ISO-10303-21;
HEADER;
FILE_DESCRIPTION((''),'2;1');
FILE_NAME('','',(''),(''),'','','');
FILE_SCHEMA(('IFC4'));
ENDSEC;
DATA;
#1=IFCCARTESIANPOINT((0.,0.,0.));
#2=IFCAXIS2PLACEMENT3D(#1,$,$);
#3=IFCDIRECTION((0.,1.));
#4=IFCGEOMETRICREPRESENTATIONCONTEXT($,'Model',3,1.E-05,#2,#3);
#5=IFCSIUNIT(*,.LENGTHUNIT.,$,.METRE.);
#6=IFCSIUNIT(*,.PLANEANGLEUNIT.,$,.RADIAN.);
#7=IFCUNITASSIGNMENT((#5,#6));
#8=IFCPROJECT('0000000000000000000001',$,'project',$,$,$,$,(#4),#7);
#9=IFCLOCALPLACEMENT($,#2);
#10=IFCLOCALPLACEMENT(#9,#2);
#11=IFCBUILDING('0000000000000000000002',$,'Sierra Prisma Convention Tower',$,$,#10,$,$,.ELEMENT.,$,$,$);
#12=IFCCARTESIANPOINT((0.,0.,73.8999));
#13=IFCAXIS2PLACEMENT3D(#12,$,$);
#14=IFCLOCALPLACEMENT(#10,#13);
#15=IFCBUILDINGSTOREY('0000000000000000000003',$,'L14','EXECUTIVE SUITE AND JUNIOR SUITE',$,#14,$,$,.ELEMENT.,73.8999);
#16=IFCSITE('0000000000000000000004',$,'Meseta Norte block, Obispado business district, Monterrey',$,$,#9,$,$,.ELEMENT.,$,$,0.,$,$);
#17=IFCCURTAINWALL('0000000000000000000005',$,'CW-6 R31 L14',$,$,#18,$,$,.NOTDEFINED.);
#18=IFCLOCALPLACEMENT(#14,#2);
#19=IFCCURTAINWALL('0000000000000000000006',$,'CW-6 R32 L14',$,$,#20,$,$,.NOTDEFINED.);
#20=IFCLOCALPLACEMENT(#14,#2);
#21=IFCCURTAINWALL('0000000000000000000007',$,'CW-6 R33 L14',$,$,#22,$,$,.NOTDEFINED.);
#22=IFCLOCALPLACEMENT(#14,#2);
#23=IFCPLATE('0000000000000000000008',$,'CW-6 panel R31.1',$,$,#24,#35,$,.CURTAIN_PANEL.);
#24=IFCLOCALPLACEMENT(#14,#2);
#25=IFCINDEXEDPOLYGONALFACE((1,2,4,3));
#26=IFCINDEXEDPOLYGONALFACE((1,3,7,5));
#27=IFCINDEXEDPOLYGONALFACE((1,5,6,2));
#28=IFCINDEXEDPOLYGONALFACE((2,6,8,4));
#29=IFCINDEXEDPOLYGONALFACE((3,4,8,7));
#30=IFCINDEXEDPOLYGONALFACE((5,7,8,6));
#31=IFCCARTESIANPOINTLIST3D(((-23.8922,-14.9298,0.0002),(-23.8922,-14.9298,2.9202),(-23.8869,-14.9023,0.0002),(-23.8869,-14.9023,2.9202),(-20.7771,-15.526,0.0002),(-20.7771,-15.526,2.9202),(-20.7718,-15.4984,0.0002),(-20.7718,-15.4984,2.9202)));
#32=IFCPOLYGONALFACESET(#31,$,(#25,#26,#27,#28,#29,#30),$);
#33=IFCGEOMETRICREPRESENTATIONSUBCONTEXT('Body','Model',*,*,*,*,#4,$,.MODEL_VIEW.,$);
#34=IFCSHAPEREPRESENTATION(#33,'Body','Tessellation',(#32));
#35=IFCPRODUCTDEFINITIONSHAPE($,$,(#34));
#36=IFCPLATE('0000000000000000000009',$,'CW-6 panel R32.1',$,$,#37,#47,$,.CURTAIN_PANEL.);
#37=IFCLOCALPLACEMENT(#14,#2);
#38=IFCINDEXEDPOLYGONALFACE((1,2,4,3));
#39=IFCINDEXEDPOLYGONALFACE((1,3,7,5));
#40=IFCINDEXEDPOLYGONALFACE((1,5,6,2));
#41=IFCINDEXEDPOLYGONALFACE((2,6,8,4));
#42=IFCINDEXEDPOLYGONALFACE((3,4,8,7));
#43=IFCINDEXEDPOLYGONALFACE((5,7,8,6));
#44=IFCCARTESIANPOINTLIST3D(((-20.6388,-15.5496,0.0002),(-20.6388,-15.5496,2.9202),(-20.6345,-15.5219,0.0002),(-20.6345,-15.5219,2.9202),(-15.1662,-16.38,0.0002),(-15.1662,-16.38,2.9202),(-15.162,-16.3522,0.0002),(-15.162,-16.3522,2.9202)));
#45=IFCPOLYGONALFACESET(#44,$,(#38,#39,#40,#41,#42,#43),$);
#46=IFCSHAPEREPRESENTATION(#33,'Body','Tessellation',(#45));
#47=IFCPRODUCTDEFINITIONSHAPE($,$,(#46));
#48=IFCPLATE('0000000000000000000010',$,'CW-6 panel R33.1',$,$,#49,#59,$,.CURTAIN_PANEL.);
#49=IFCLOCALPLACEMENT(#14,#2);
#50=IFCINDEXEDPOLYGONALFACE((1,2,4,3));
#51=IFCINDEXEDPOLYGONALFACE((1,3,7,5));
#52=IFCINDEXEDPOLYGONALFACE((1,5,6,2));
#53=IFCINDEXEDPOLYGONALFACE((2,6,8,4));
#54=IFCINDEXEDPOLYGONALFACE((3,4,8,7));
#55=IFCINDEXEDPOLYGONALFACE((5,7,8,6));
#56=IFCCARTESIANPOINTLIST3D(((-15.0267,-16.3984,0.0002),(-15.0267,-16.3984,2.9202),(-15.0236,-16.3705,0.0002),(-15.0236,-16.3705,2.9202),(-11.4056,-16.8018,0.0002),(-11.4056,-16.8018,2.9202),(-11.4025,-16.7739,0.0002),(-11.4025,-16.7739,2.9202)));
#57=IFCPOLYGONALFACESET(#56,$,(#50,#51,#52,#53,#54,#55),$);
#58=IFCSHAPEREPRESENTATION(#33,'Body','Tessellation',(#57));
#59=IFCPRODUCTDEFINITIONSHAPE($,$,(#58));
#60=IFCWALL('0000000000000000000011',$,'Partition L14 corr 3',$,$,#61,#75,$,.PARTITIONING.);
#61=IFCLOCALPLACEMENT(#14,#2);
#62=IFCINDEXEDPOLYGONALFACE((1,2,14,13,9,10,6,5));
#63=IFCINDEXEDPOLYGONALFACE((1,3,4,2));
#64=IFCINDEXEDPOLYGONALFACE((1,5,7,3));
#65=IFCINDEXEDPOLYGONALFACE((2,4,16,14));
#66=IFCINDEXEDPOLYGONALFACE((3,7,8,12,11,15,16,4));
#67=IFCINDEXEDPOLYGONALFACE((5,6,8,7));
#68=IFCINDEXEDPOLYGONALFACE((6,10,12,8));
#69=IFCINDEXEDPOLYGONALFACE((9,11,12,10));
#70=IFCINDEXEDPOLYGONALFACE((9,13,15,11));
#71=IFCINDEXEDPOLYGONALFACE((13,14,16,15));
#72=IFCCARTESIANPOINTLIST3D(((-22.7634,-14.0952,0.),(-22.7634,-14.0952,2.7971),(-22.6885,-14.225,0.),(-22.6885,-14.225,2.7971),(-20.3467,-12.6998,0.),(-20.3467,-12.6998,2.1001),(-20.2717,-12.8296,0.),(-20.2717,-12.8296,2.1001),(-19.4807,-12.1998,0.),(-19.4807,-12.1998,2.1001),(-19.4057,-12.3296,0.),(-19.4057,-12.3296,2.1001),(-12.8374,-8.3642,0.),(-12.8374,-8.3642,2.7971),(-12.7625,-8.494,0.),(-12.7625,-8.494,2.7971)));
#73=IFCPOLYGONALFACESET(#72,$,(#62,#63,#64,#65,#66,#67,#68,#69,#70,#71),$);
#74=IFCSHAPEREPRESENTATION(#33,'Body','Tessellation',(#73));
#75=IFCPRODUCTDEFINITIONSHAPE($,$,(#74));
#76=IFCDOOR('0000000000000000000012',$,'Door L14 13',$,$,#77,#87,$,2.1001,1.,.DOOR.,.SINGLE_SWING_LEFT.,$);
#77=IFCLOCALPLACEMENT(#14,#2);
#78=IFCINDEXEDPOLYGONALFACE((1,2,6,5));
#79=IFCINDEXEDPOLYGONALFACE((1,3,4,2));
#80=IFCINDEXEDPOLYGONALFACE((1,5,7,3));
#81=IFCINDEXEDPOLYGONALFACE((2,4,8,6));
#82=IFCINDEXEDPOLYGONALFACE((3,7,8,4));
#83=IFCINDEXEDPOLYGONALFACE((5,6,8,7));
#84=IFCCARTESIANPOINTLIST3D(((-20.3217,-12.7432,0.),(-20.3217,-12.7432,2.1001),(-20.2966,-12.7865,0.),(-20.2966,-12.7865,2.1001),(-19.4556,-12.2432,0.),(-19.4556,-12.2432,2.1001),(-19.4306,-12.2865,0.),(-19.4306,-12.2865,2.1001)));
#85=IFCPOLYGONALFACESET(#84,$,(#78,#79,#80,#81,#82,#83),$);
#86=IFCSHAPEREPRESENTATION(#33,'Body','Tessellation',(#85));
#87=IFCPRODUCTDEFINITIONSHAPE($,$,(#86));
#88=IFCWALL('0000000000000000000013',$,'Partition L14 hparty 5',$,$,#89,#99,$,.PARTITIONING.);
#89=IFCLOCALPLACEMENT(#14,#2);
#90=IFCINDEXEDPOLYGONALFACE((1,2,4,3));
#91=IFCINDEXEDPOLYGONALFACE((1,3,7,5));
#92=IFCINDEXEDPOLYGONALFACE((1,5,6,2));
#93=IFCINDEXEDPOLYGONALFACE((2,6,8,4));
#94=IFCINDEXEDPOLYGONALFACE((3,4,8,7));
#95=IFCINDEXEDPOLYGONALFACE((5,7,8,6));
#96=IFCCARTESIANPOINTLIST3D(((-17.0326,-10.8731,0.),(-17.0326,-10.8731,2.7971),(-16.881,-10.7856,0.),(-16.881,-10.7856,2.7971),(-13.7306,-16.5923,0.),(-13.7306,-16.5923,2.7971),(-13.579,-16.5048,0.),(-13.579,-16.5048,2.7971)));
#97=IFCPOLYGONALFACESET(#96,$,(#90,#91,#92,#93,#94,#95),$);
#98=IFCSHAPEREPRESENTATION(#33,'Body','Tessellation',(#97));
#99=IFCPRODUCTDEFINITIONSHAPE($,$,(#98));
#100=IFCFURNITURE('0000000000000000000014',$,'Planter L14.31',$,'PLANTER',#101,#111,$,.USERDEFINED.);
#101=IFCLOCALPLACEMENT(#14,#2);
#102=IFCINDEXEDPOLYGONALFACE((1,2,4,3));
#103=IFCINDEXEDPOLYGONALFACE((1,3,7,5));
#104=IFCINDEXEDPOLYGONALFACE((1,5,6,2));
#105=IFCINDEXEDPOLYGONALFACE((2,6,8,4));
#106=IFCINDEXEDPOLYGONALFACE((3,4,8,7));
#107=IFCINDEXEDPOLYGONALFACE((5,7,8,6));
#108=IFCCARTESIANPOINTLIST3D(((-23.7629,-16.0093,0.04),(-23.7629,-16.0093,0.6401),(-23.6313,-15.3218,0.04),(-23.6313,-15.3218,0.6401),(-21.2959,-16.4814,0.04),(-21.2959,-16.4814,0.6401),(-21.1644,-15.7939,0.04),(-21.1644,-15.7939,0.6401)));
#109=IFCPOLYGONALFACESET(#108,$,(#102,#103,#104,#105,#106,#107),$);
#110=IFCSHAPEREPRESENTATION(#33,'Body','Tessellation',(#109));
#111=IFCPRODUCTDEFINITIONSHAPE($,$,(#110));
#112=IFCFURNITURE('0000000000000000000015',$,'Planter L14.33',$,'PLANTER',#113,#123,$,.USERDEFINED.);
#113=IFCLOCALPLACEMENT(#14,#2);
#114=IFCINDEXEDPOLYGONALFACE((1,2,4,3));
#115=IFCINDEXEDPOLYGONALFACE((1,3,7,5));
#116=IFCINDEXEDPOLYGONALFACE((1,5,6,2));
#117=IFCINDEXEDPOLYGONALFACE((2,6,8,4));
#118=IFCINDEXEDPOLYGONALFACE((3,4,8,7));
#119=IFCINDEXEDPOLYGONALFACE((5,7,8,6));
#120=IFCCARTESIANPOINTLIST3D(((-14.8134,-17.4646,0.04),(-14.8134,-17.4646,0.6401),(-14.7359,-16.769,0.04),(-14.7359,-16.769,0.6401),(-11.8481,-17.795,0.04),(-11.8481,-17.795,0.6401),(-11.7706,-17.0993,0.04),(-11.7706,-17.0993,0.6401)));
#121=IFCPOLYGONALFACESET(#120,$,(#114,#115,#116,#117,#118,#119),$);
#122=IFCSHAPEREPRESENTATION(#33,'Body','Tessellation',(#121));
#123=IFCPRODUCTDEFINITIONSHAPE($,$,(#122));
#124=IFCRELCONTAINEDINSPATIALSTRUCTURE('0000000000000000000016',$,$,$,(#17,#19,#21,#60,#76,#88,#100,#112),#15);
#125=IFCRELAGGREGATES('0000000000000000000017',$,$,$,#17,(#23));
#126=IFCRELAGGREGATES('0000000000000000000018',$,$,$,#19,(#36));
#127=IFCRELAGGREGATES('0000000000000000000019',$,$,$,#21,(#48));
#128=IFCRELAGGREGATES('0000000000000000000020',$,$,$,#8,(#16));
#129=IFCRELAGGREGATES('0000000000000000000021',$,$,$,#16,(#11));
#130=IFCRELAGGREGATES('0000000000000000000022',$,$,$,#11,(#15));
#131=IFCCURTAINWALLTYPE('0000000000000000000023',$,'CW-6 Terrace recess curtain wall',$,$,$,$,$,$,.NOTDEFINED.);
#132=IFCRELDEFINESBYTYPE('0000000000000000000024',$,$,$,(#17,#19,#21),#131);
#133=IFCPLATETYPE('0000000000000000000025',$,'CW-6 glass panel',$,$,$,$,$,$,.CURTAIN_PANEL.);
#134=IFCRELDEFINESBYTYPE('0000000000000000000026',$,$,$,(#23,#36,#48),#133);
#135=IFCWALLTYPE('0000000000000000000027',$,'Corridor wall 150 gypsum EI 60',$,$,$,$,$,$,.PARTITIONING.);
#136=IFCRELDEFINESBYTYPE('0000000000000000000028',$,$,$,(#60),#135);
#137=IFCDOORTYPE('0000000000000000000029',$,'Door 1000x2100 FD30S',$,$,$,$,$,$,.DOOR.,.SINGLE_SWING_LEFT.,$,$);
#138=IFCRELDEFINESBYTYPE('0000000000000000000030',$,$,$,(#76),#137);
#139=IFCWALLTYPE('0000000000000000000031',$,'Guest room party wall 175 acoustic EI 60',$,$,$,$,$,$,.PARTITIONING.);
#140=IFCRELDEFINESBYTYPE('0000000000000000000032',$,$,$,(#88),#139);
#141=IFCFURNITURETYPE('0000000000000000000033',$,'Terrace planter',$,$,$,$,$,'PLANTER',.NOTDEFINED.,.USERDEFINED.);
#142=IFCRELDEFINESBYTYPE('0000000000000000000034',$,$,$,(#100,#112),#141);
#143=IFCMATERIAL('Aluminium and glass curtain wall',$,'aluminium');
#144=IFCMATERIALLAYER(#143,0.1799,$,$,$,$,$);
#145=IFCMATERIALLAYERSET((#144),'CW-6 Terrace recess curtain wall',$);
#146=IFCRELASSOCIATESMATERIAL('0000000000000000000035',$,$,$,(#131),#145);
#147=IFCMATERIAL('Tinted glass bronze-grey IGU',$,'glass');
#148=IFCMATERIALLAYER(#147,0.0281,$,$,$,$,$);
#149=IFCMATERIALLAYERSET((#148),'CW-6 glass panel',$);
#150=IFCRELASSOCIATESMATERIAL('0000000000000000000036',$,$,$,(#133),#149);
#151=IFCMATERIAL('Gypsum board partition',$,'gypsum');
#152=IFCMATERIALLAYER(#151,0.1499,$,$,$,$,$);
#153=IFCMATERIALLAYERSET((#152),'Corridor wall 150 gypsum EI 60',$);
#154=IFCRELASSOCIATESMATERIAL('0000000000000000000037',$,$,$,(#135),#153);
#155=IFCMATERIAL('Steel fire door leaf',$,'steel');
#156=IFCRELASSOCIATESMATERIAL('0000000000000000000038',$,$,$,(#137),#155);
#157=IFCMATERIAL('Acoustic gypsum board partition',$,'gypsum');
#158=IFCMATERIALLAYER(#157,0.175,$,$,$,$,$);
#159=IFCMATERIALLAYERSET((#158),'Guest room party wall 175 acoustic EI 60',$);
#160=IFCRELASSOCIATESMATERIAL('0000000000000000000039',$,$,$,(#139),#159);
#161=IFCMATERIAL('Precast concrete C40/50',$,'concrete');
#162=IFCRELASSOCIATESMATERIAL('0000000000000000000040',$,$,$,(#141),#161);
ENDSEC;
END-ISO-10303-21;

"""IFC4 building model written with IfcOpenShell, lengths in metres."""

from ifc_helpers import new_model, si_unit, direction, frame, frame_2d, origin, origin_2d, place, context, subcontext, project, spatial, rectangle, extrude, material, layer, layer_set, type_object, element, fill, aggregate, save


model = new_model("IFC4")

# Units and contexts
model_context = context("Model", 3, precision=1e-05, world=origin(), true_north=direction((0.0, 1.0)))
body_context = subcontext(model_context, "Body", "Model", "MODEL_VIEW")
ifc_project = project(units=[si_unit("LENGTHUNIT", "METRE"), si_unit("PLANEANGLEUNIT", "RADIAN")], contexts=[model_context])

# Site, building, storey
site_placement = place(None, origin())
site = spatial("IfcSite", under=ifc_project, at=site_placement, Name="Meseta Norte block, Obispado business district, Monterrey", CompositionType="ELEMENT", RefElevation=0.0)
building_placement = place(site_placement, origin())
building = spatial("IfcBuilding", under=site, at=building_placement, Name="Sierra Prisma Convention Tower", CompositionType="ELEMENT")
storey_placement = place(building_placement, frame((0.0, 0.0, 73.8999)))
storey = spatial("IfcBuildingStorey", under=building, at=storey_placement, Name="L14", Description="EXECUTIVE SUITE AND JUNIOR SUITE", CompositionType="ELEMENT", Elevation=73.8999)

# Curtain walls
ifc_material_1 = material(Name="Aluminium and glass curtain wall", Category="aluminium")
ifc_layer_1 = layer(ifc_material_1, 0.1799)
ifc_layer_set_1 = layer_set([ifc_layer_1], Name="CW-6 Terrace recess curtain wall")
curtain_wall_type = type_object("IfcCurtainWallType", Name="CW-6 Terrace recess curtain wall", PredefinedType="NOTDEFINED", material=ifc_layer_set_1)
curtain_wall_1_placement = place(storey_placement, origin())
curtain_wall_1 = element("IfcCurtainWall", 1, at=curtain_wall_1_placement, inside=storey, type_object=curtain_wall_type, Name="CW-6 R31 L14", PredefinedType="NOTDEFINED")
curtain_wall_2_placement = place(storey_placement, origin())
curtain_wall_2 = element("IfcCurtainWall", 2, at=curtain_wall_2_placement, inside=storey, type_object=curtain_wall_type, Name="CW-6 R32 L14", PredefinedType="NOTDEFINED")
curtain_wall_3_placement = place(storey_placement, origin())
curtain_wall_3 = element("IfcCurtainWall", 3, at=curtain_wall_3_placement, inside=storey, type_object=curtain_wall_type, Name="CW-6 R33 L14", PredefinedType="NOTDEFINED")

# Plates
ifc_material_2 = material(Name="Tinted glass bronze-grey IGU", Category="glass")
ifc_layer_2 = layer(ifc_material_2, 0.0281)
ifc_layer_set_2 = layer_set([ifc_layer_2], Name="CW-6 glass panel")
plate_type = type_object("IfcPlateType", Name="CW-6 glass panel", PredefinedType="CURTAIN_PANEL", material=ifc_layer_set_2)
plate_1_placement = place(storey_placement, frame((-22.332, -15.2141, 0.0002), z_axis=(0.0, 0.0, 1.0), x_axis=(0.982179, -0.187949, 0.0)))
plate_1 = element("IfcPlate", 4, at=plate_1_placement, type_object=plate_type, Name="CW-6 panel R31.1", PredefinedType="CURTAIN_PANEL", context=body_context, shape_type="SweptSolid", body=[
    extrude(rectangle(XDim=3.1716, YDim=0.0281, at=origin_2d()), origin(), (0.0, 0.0, 1.0), 2.9199),
])
aggregate(curtain_wall_1, [plate_1])
plate_2_placement = place(storey_placement, frame((-17.9004, -15.9509, 0.0002), z_axis=(0.0, 0.0, 1.0), x_axis=(0.988685, -0.150009, 0.0)))
plate_2 = element("IfcPlate", 5, at=plate_2_placement, type_object=plate_type, Name="CW-6 panel R32.1", PredefinedType="CURTAIN_PANEL", context=body_context, shape_type="SweptSolid", body=[
    extrude(rectangle(XDim=5.5352, YDim=0.0281, at=origin_2d()), origin(), (0.0, 0.0, 1.0), 2.9199),
])
aggregate(curtain_wall_2, [plate_2])
plate_3_placement = place(storey_placement, frame((-13.2146, -16.5862, 0.0002), z_axis=(0.0, 0.0, 1.0), x_axis=(0.993851, -0.110725, 0.0)))
plate_3 = element("IfcPlate", 6, at=plate_3_placement, type_object=plate_type, Name="CW-6 panel R33.1", PredefinedType="CURTAIN_PANEL", context=body_context, shape_type="SweptSolid", body=[
    extrude(rectangle(XDim=3.6436, YDim=0.0281, at=origin_2d()), origin(), (0.0, 0.0, 1.0), 2.9199),
])
aggregate(curtain_wall_3, [plate_3])

# Wall, opening, door
ifc_material_3 = material(Name="Gypsum board partition", Category="gypsum")
ifc_layer_3 = layer(ifc_material_3, 0.1499)
ifc_layer_set_3 = layer_set([ifc_layer_3], Name="Corridor wall 150 gypsum EI 60")
wall_type_1 = type_object("IfcWallType", Name="Corridor wall 150 gypsum EI 60", PredefinedType="PARTITIONING", material=ifc_layer_set_3)
wall_1_placement = place(storey_placement, frame((-22.7261, -14.1602, 0.0), z_axis=(0.0, 0.0, 1.0), x_axis=(0.866019, 0.500011, 0.0)))
wall_1 = element("IfcWall", 7, at=wall_1_placement, inside=storey, type_object=wall_type_1, Name="Partition L14 corr 3", PredefinedType="PARTITIONING", context=body_context, shape_type="SweptSolid", body=[
    extrude(rectangle(XDim=11.4617, YDim=0.1499, at=frame_2d((5.731, 0.0))), origin(), (0.0, 0.0, 1.0), 2.7971),
])
opening_1_placement = place(wall_1_placement, frame((2.7908, 0.0, 0.0)))
opening_1 = element("IfcOpeningElement", 8, at=opening_1_placement, cuts=wall_1, PredefinedType="OPENING", context=body_context, shape_type="SweptSolid", body=[
    extrude(rectangle(XDim=1.0, YDim=2.1001, at=frame_2d((0.5, 1.05))), frame((0.0, 0.075, 0.0), z_axis=(0.0, -1.0, 0.0), x_axis=(1.0, 0.0, 0.0)), (0.0, 0.0, 1.0), 0.1499),
])
ifc_material_4 = material(Name="Steel fire door leaf", Category="steel")
door_type_1 = type_object("IfcDoorType", Name="Door 1000x2100 FD30S", OperationType="SINGLE_SWING_LEFT", PredefinedType="DOOR", material=ifc_material_4)
door_1_placement = place(opening_1_placement, origin())
door_1 = element("IfcDoor", 9, at=door_1_placement, inside=storey, type_object=door_type_1, Name="Door L14 13", OperationType="SINGLE_SWING_LEFT", OverallHeight=2.1001, OverallWidth=1.0, PredefinedType="DOOR", context=body_context, shape_type="SweptSolid", body=[
    extrude(rectangle(XDim=1.0, YDim=2.1001, at=frame_2d((0.5, 1.05))), frame((0.0, 0.0249, 0.0), z_axis=(0.0, -1.0, 0.0), x_axis=(1.0, 0.0, 0.0)), (0.0, 0.0, 1.0), 0.05),
])
fill(opening_1, door_1)

# Wall
ifc_material_5 = material(Name="Acoustic gypsum board partition", Category="gypsum")
ifc_layer_4 = layer(ifc_material_5, 0.175)
ifc_layer_set_4 = layer_set([ifc_layer_4], Name="Guest room party wall 175 acoustic EI 60")
wall_type_2 = type_object("IfcWallType", Name="Guest room party wall 175 acoustic EI 60", PredefinedType="PARTITIONING", material=ifc_layer_set_4)
wall_2_placement = place(storey_placement, frame((-13.6548, -16.5486, 0.0), z_axis=(0.0, 0.0, 1.0), x_axis=(-0.5, 0.866026, 0.0)))
element("IfcWall", 10, at=wall_2_placement, inside=storey, type_object=wall_type_2, Name="Partition L14 hparty 5", PredefinedType="PARTITIONING", context=body_context, shape_type="SweptSolid", body=[
    extrude(rectangle(XDim=6.604, YDim=0.175, at=frame_2d((3.302, 0.0))), origin(), (0.0, 0.0, 1.0), 2.7971),
])

# Furniture
ifc_material_6 = material(Name="Precast concrete C40/50", Category="concrete")
furniture_type = type_object("IfcFurnitureType", Name="Terrace planter", ElementType="PLANTER", AssemblyPlace="NOTDEFINED", PredefinedType="USERDEFINED", material=ifc_material_6)
furniture_1_placement = place(storey_placement, frame((-22.4636, -15.9016, 0.04), z_axis=(0.0, 0.0, 1.0), x_axis=(0.982179, -0.187949, 0.0)))
element("IfcFurniture", 11, at=furniture_1_placement, inside=storey, type_object=furniture_type, Name="Planter L14.31", ObjectType="PLANTER", PredefinedType="USERDEFINED", context=body_context, shape_type="SweptSolid", body=[
    extrude(rectangle(XDim=2.5117, YDim=0.7, at=origin_2d()), origin(), (0.0, 0.0, 1.0), 0.6001),
])
furniture_2_placement = place(storey_placement, frame((-13.292, -17.282, 0.04), z_axis=(0.0, 0.0, 1.0), x_axis=(0.993851, -0.110725, 0.0)))
element("IfcFurniture", 12, at=furniture_2_placement, inside=storey, type_object=furniture_type, Name="Planter L14.33", ObjectType="PLANTER", PredefinedType="USERDEFINED", context=body_context, shape_type="SweptSolid", body=[
    extrude(rectangle(XDim=2.9836, YDim=0.7, at=origin_2d()), origin(), (0.0, 0.0, 1.0), 0.6001),
])

save(model, "model.ifc")
